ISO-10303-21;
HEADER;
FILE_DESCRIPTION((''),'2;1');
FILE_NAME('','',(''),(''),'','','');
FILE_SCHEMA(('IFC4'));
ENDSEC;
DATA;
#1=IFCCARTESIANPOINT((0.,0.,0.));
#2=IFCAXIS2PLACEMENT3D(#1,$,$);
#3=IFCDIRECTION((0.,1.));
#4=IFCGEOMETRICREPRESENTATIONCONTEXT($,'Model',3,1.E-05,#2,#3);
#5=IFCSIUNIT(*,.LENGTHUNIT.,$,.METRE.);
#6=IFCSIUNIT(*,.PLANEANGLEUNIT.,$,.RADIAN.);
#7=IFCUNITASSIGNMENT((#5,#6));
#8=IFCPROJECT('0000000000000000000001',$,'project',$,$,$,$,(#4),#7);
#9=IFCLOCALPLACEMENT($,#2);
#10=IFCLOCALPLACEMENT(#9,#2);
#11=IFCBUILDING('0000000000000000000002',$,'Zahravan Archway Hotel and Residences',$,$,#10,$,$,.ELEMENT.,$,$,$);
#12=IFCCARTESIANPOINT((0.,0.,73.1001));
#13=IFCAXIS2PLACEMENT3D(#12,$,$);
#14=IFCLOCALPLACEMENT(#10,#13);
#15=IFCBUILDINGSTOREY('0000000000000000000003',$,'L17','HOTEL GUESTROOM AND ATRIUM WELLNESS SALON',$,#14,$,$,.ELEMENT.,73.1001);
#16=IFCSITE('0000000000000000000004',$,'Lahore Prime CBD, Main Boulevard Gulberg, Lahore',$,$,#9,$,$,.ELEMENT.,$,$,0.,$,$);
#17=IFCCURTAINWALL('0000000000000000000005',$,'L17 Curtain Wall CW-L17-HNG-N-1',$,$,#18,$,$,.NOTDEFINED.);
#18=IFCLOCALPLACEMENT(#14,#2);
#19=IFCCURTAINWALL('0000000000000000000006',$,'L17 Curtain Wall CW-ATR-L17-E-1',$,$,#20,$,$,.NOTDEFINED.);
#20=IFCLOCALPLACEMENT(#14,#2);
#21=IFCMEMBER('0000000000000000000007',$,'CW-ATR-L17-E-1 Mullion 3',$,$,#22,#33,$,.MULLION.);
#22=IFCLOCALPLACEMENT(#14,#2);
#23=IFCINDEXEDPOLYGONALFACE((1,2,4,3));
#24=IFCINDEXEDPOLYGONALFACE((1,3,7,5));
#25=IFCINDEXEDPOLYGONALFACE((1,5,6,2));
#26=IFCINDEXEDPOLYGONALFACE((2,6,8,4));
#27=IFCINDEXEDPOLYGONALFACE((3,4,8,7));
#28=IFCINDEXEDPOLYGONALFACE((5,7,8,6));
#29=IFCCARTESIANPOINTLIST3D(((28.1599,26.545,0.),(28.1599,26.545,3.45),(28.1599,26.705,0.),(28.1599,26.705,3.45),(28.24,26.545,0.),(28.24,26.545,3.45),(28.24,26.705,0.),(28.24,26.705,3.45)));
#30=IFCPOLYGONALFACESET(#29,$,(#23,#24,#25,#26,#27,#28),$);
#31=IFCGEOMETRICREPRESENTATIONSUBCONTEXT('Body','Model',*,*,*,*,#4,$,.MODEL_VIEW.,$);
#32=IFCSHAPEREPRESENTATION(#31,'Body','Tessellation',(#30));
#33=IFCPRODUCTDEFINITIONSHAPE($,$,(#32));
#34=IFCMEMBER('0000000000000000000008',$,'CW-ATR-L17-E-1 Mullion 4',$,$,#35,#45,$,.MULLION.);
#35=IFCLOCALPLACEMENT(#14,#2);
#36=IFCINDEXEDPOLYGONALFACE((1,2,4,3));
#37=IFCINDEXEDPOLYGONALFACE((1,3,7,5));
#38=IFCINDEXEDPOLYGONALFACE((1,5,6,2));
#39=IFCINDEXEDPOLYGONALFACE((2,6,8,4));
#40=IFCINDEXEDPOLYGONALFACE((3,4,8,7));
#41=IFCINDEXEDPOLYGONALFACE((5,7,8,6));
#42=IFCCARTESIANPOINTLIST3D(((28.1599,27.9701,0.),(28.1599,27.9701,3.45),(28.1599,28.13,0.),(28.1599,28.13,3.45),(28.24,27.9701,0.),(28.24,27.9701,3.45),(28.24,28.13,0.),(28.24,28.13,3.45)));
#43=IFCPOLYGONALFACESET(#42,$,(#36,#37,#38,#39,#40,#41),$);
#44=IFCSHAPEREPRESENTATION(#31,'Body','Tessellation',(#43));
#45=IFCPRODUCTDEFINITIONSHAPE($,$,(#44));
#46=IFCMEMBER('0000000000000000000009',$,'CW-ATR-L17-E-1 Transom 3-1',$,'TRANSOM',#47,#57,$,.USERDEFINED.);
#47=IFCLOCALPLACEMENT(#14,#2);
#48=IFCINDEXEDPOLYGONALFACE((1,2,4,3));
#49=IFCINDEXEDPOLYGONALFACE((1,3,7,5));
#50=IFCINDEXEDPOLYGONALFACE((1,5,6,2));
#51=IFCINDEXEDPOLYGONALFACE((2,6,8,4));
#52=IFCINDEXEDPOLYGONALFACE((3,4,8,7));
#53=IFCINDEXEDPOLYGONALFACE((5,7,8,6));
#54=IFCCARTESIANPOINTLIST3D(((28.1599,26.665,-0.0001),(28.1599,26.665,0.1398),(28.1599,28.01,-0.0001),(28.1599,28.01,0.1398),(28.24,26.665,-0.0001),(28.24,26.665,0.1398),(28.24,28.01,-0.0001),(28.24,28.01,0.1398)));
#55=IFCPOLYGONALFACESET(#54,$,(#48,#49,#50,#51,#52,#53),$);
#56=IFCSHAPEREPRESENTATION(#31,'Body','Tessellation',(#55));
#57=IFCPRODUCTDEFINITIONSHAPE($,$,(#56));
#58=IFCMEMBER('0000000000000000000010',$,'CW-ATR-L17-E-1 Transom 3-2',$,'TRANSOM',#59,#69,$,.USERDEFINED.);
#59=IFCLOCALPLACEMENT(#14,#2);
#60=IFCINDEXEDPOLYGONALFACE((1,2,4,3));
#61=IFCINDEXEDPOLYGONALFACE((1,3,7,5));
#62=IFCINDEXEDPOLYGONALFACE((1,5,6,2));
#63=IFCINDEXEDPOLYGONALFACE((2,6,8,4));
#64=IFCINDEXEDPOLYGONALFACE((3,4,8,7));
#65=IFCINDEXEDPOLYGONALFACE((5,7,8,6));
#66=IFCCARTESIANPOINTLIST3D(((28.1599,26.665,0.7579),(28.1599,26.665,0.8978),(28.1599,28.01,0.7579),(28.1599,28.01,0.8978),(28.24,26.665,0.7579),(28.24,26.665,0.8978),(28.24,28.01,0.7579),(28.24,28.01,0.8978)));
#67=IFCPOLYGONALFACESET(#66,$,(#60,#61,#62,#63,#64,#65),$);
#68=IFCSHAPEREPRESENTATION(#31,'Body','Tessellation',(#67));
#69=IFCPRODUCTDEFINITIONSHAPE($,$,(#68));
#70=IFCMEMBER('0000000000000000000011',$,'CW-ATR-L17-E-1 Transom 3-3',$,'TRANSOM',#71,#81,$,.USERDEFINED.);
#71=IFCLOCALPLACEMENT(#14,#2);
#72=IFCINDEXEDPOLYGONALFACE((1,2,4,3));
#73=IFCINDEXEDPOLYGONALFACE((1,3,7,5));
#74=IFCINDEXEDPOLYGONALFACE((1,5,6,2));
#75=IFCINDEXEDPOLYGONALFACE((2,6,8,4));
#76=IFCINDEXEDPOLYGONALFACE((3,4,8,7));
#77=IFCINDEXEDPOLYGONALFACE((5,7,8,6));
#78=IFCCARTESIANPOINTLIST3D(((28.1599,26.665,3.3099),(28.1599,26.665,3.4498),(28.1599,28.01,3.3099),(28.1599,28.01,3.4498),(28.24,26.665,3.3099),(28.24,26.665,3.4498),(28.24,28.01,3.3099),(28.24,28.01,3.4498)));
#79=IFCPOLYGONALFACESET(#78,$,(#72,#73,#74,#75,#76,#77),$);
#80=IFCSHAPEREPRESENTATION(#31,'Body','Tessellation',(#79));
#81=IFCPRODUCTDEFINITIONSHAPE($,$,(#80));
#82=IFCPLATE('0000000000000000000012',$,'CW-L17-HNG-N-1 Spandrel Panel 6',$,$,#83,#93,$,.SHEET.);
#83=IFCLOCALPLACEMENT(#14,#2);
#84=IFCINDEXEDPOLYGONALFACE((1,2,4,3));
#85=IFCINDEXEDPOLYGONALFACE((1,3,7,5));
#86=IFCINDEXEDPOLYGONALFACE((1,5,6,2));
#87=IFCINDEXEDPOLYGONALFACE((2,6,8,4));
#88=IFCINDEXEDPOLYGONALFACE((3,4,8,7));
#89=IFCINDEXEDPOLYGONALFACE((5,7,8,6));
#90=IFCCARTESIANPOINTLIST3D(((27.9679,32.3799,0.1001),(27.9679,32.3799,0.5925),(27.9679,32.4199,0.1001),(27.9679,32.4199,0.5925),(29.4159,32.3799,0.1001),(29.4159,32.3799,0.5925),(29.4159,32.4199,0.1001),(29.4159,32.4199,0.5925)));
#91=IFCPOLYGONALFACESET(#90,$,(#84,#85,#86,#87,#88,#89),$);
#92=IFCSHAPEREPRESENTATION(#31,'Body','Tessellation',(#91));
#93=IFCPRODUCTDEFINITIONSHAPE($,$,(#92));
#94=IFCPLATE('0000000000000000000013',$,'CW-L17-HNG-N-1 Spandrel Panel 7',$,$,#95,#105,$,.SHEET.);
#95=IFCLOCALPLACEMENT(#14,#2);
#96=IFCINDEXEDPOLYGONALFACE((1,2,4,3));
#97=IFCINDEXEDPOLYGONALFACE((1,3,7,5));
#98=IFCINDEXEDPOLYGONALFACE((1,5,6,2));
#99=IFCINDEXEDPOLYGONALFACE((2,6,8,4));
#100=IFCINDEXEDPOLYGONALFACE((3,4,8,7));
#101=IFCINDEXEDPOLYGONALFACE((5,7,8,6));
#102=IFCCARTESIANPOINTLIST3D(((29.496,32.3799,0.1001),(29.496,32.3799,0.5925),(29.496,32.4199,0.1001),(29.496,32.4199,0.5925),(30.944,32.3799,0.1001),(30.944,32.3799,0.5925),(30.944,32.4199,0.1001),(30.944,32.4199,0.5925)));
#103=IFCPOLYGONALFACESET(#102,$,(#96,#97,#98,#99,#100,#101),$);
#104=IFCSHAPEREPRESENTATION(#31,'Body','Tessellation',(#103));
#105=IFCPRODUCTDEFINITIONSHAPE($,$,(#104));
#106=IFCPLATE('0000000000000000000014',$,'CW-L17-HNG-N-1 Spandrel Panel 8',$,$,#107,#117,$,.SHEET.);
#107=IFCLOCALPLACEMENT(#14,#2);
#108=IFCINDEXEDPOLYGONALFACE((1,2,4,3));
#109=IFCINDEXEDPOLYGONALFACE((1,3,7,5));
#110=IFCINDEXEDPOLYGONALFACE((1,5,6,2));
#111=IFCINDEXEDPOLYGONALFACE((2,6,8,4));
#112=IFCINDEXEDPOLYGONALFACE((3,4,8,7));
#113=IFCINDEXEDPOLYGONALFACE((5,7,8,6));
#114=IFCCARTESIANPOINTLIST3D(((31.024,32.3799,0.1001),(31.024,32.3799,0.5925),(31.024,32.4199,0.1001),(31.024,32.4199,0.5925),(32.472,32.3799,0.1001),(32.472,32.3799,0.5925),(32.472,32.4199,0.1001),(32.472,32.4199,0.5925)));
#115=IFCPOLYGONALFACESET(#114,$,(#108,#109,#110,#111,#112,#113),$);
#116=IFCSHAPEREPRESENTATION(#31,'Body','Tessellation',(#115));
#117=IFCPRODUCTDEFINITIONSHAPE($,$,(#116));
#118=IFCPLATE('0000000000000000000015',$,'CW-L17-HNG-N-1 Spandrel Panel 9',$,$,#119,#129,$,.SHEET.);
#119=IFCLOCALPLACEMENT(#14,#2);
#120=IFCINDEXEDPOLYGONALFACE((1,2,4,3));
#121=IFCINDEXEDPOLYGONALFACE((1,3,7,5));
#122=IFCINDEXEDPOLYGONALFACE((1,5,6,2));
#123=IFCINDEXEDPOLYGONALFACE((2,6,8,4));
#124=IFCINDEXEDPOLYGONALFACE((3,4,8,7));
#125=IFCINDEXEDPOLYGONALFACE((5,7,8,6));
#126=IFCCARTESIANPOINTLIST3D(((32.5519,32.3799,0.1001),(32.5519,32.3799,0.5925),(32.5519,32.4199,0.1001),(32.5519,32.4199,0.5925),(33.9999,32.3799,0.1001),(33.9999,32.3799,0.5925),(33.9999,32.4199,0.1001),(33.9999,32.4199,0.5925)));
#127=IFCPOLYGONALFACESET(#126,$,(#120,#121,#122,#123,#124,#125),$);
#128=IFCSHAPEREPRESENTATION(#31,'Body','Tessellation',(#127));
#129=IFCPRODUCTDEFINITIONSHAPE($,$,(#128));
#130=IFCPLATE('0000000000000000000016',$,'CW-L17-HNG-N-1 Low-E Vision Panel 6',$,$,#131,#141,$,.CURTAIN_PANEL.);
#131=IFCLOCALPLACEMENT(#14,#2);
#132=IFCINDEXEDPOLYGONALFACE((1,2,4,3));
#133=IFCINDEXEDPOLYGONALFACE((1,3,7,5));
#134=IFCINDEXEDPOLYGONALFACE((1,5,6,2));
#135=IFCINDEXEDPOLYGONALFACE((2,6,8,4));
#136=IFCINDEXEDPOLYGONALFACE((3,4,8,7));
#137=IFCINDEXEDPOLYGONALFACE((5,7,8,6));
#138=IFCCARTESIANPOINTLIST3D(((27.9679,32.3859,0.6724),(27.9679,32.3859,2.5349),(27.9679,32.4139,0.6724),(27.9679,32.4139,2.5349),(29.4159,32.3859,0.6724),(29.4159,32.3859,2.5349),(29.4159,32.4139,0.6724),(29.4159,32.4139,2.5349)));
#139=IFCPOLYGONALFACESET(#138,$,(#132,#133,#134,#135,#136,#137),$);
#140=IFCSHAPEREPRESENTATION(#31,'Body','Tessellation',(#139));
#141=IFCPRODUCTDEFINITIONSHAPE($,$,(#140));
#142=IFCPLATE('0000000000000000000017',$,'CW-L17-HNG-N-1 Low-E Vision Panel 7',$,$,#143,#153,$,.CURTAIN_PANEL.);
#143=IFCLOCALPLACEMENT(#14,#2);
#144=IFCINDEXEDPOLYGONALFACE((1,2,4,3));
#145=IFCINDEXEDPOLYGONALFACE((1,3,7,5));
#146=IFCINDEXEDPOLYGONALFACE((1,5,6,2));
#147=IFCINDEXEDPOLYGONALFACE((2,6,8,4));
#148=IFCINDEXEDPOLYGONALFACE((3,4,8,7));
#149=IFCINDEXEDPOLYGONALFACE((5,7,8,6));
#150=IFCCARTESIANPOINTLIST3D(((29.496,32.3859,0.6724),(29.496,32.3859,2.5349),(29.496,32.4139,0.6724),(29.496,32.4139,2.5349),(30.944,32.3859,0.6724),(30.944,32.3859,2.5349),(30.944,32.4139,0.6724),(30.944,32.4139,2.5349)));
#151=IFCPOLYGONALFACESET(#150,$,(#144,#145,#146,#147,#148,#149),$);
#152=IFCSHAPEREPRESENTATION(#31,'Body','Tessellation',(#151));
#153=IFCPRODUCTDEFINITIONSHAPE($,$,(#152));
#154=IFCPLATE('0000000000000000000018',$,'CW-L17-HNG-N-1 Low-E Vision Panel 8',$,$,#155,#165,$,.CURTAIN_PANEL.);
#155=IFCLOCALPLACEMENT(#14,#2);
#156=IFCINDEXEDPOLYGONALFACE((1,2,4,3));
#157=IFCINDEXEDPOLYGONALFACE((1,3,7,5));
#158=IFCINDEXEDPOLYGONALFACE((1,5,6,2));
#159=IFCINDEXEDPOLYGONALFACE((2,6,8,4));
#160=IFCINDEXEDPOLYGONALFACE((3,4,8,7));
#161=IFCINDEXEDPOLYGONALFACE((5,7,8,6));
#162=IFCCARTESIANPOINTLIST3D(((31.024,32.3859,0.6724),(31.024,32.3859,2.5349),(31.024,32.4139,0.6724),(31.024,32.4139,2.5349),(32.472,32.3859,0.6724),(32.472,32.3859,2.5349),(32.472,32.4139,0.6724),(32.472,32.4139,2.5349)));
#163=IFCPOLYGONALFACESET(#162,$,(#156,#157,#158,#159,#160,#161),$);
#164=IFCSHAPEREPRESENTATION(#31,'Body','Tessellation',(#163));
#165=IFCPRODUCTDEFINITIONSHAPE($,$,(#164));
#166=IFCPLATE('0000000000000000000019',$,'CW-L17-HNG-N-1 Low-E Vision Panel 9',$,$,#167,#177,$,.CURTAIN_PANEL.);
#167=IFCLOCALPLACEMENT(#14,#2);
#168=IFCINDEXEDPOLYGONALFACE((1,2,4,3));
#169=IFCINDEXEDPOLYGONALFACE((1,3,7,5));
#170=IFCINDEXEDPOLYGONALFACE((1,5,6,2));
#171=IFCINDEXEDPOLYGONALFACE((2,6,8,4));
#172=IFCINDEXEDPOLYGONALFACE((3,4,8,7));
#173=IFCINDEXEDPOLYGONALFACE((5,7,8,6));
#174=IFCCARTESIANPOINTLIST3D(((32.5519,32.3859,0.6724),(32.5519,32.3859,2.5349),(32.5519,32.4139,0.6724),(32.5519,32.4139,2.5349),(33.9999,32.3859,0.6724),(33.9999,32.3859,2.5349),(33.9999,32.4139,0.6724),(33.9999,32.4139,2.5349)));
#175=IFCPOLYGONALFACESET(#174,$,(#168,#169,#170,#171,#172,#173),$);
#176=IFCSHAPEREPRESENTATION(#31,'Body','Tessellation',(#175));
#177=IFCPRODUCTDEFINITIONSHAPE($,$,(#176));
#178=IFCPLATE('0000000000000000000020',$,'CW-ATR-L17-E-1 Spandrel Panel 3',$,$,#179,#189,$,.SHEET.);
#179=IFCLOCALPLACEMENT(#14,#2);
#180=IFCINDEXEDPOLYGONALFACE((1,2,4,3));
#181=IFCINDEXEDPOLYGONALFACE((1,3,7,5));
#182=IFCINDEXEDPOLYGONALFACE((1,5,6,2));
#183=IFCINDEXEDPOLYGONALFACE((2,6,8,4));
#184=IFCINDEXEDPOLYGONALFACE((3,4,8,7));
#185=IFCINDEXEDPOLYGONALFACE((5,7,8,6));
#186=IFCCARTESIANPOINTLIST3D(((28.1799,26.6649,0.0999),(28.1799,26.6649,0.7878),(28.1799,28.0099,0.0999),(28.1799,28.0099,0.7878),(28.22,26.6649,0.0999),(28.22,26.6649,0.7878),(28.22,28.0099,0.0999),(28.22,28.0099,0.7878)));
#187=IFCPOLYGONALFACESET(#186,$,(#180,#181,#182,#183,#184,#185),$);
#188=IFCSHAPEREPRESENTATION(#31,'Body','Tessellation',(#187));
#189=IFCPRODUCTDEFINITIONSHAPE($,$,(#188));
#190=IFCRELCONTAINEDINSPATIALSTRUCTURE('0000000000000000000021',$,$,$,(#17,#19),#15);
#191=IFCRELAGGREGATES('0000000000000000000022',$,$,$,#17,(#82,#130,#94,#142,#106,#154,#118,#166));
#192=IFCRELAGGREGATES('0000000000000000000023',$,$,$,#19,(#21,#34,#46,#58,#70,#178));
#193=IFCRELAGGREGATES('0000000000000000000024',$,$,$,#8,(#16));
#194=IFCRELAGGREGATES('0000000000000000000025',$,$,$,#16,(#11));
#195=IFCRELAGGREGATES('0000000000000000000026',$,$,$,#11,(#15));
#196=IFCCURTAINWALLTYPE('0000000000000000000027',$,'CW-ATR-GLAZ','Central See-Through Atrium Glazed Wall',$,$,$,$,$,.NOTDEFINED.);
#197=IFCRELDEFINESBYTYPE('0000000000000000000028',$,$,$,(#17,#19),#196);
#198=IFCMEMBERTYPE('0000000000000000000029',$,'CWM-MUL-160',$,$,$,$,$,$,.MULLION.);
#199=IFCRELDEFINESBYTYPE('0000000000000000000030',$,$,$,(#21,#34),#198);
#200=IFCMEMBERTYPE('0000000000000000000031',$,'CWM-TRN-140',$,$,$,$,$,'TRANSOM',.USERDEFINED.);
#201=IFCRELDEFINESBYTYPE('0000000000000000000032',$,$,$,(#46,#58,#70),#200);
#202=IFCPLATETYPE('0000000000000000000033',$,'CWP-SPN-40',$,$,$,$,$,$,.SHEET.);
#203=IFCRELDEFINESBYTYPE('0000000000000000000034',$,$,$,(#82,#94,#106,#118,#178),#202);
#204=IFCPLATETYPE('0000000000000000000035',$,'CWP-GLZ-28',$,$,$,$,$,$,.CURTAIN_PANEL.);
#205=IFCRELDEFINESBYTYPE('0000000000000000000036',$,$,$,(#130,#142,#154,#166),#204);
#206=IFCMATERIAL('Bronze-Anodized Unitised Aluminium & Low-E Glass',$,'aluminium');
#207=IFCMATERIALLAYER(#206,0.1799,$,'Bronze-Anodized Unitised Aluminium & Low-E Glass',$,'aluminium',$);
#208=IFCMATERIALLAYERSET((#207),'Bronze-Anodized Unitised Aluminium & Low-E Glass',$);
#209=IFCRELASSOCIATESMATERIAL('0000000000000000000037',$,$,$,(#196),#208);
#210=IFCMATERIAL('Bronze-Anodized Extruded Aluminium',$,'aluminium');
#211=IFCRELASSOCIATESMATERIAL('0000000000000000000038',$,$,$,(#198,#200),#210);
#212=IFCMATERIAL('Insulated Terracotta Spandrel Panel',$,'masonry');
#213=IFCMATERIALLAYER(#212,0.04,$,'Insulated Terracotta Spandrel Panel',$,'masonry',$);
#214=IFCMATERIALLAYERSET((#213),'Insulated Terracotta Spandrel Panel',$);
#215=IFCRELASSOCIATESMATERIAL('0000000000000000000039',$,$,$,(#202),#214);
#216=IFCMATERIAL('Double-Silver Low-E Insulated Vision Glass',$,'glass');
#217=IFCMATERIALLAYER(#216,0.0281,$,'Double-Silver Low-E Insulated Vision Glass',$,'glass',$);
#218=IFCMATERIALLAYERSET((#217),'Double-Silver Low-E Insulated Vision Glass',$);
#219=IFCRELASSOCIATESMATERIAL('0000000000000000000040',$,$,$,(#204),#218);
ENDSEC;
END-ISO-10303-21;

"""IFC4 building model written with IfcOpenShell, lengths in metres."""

from ifc_helpers import new_model, si_unit, direction, frame, origin, origin_2d, place, context, subcontext, project, spatial, rectangle, extrude, source, transform, mapped, material, layer, layer_set, material_profile, profile_set, type_object, element, aggregate, save


model = new_model("IFC4")

# Units and contexts
model_context = context("Model", 3, precision=1e-05, world=origin(), true_north=direction((0.0, 1.0)))
body_context = subcontext(model_context, "Body", "Model", "MODEL_VIEW")
ifc_project = project(units=[si_unit("LENGTHUNIT", "METRE"), si_unit("PLANEANGLEUNIT", "RADIAN")], contexts=[model_context])

# Site, building, storey
site_placement = place(None, origin())
site = spatial("IfcSite", under=ifc_project, at=site_placement, Name="Lahore Prime CBD, Main Boulevard Gulberg, Lahore", CompositionType="ELEMENT", RefElevation=0.0)
building_placement = place(site_placement, origin())
building = spatial("IfcBuilding", under=site, at=building_placement, Name="Zahravan Archway Hotel and Residences", CompositionType="ELEMENT")
storey_placement = place(building_placement, frame((0.0, 0.0, 73.1001)))
storey = spatial("IfcBuildingStorey", under=building, at=storey_placement, Name="L17", Description="HOTEL GUESTROOM AND ATRIUM WELLNESS SALON", CompositionType="ELEMENT", Elevation=73.1001)

# Curtain wall
ifc_material_1 = material(Name="Bronze-Anodized Unitised Aluminium & Low-E Glass", Category="aluminium")
ifc_layer_1 = layer(ifc_material_1, 0.1799, Name="Bronze-Anodized Unitised Aluminium & Low-E Glass", Category="aluminium")
ifc_layer_set_1 = layer_set([ifc_layer_1], Name="Bronze-Anodized Unitised Aluminium & Low-E Glass")
curtain_wall_type = type_object("IfcCurtainWallType", Name="CW-ATR-GLAZ", Description="Central See-Through Atrium Glazed Wall", PredefinedType="NOTDEFINED", material=ifc_layer_set_1)
curtain_wall_1_placement = place(storey_placement, origin())
curtain_wall_1 = element("IfcCurtainWall", 1, at=curtain_wall_1_placement, inside=storey, type_object=curtain_wall_type, Name="L17 Curtain Wall CW-L17-HNG-N-1", PredefinedType="NOTDEFINED")
ifc_material_2 = material(Name="Bronze-Anodized Extruded Aluminium", Category="aluminium")
ifc_material_profile_1 = material_profile(ifc_material_2, rectangle(XDim=0.0801, YDim=0.1599, at=origin_2d()), Name="MUL 80x160", Category="aluminium")
ifc_profile_set_1 = profile_set([ifc_material_profile_1], Name="Bronze-Anodized Extruded Aluminium")
member_type_1 = type_object("IfcMemberType", Name="CWM-MUL-160", PredefinedType="MULLION", material=ifc_profile_set_1)
ifc_material_profile_2 = material_profile(ifc_material_2, rectangle(XDim=0.0801, YDim=0.1399, at=origin_2d()), Name="TRN 80x140", Category="aluminium")
ifc_profile_set_2 = profile_set([ifc_material_profile_2], Name="Bronze-Anodized Extruded Aluminium")
member_type_2 = type_object("IfcMemberType", Name="CWM-TRN-140", ElementType="TRANSOM", PredefinedType="USERDEFINED", material=ifc_profile_set_2)

# Shared definitions
shared_shape_1 = source(origin(), body_context, "Body", "SweptSolid", [
    extrude(rectangle(XDim=0.0801, YDim=0.1599, at=origin_2d()), origin(), (0.0, 0.0, 1.0), 3.45),
])

# Curtain wall, members
curtain_wall_2_placement = place(storey_placement, origin())
curtain_wall_2 = element("IfcCurtainWall", 2, at=curtain_wall_2_placement, inside=storey, type_object=curtain_wall_type, Name="L17 Curtain Wall CW-ATR-L17-E-1", PredefinedType="NOTDEFINED")
member_1_placement = place(storey_placement, frame((28.2, 26.625, 0.0), z_axis=(0.0, 0.0, 1.0), x_axis=(1.0, 0.0, 0.0)))
member_1 = element("IfcMember", 3, at=member_1_placement, type_object=member_type_1, Name="CW-ATR-L17-E-1 Mullion 3", PredefinedType="MULLION", context=body_context, shape_type="MappedRepresentation", body=[
    mapped(shared_shape_1, transform((0.0, 0.0, 0.0), scale=1.0)),
])
member_2_placement = place(storey_placement, frame((28.2, 28.05, 0.0), z_axis=(0.0, 0.0, 1.0), x_axis=(1.0, 0.0, 0.0)))
member_2 = element("IfcMember", 4, at=member_2_placement, type_object=member_type_1, Name="CW-ATR-L17-E-1 Mullion 4", PredefinedType="MULLION", context=body_context, shape_type="MappedRepresentation", body=[
    mapped(shared_shape_1, transform((0.0, 0.0, 0.0), scale=1.0)),
])
shared_shape_2 = source(origin(), body_context, "Body", "SweptSolid", [
    extrude(rectangle(XDim=0.0801, YDim=0.1399, at=origin_2d()), origin(), (0.0, 0.0, 1.0), 1.345),
])
member_3_placement = place(storey_placement, frame((28.2, 26.665, 0.0698), z_axis=(0.0, 1.0, 0.0), x_axis=(-1.0, 0.0, 0.0)))
member_3 = element("IfcMember", 5, at=member_3_placement, type_object=member_type_2, Name="CW-ATR-L17-E-1 Transom 3-1", ObjectType="TRANSOM", PredefinedType="USERDEFINED", context=body_context, shape_type="MappedRepresentation", body=[
    mapped(shared_shape_2, transform((0.0, 0.0, 0.0), scale=1.0)),
])
member_4_placement = place(storey_placement, frame((28.2, 26.665, 0.8279), z_axis=(0.0, 1.0, 0.0), x_axis=(-1.0, 0.0, 0.0)))
member_4 = element("IfcMember", 6, at=member_4_placement, type_object=member_type_2, Name="CW-ATR-L17-E-1 Transom 3-2", ObjectType="TRANSOM", PredefinedType="USERDEFINED", context=body_context, shape_type="MappedRepresentation", body=[
    mapped(shared_shape_2, transform((0.0, 0.0, 0.0), scale=1.0)),
])
member_5_placement = place(storey_placement, frame((28.2, 26.665, 3.3799), z_axis=(0.0, 1.0, 0.0), x_axis=(-1.0, 0.0, 0.0)))
member_5 = element("IfcMember", 7, at=member_5_placement, type_object=member_type_2, Name="CW-ATR-L17-E-1 Transom 3-3", ObjectType="TRANSOM", PredefinedType="USERDEFINED", context=body_context, shape_type="MappedRepresentation", body=[
    mapped(shared_shape_2, transform((0.0, 0.0, 0.0), scale=1.0)),
])

# Plates
ifc_material_3 = material(Name="Insulated Terracotta Spandrel Panel", Category="masonry")
ifc_layer_2 = layer(ifc_material_3, 0.04, Name="Insulated Terracotta Spandrel Panel", Category="masonry")
ifc_layer_set_2 = layer_set([ifc_layer_2], Name="Insulated Terracotta Spandrel Panel")
plate_type_1 = type_object("IfcPlateType", Name="CWP-SPN-40", PredefinedType="SHEET", material=ifc_layer_set_2)
shared_shape_3 = source(origin(), body_context, "Body", "SweptSolid", [
    extrude(rectangle(XDim=1.448, YDim=0.04, at=origin_2d()), origin(), (0.0, 0.0, 1.0), 0.4924),
])
plate_1_placement = place(storey_placement, frame((28.6919, 32.3999, 0.1001), z_axis=(0.0, 0.0, 1.0), x_axis=(1.0, 0.0, 0.0)))
plate_1 = element("IfcPlate", 8, at=plate_1_placement, type_object=plate_type_1, Name="CW-L17-HNG-N-1 Spandrel Panel 6", PredefinedType="SHEET", context=body_context, shape_type="MappedRepresentation", body=[
    mapped(shared_shape_3, transform((0.0, 0.0, 0.0), scale=1.0)),
])
plate_2_placement = place(storey_placement, frame((30.22, 32.3999, 0.1001), z_axis=(0.0, 0.0, 1.0), x_axis=(1.0, 0.0, 0.0)))
plate_2 = element("IfcPlate", 9, at=plate_2_placement, type_object=plate_type_1, Name="CW-L17-HNG-N-1 Spandrel Panel 7", PredefinedType="SHEET", context=body_context, shape_type="MappedRepresentation", body=[
    mapped(shared_shape_3, transform((0.0, 0.0, 0.0), scale=1.0)),
])
plate_3_placement = place(storey_placement, frame((31.748, 32.3999, 0.1001), z_axis=(0.0, 0.0, 1.0), x_axis=(1.0, 0.0, 0.0)))
plate_3 = element("IfcPlate", 10, at=plate_3_placement, type_object=plate_type_1, Name="CW-L17-HNG-N-1 Spandrel Panel 8", PredefinedType="SHEET", context=body_context, shape_type="MappedRepresentation", body=[
    mapped(shared_shape_3, transform((0.0, 0.0, 0.0), scale=1.0)),
])
plate_4_placement = place(storey_placement, frame((33.2759, 32.3999, 0.1001), z_axis=(0.0, 0.0, 1.0), x_axis=(1.0, 0.0, 0.0)))
plate_4 = element("IfcPlate", 11, at=plate_4_placement, type_object=plate_type_1, Name="CW-L17-HNG-N-1 Spandrel Panel 9", PredefinedType="SHEET", context=body_context, shape_type="MappedRepresentation", body=[
    mapped(shared_shape_3, transform((0.0, 0.0, 0.0), scale=1.0)),
])
ifc_material_4 = material(Name="Double-Silver Low-E Insulated Vision Glass", Category="glass")
ifc_layer_3 = layer(ifc_material_4, 0.0281, Name="Double-Silver Low-E Insulated Vision Glass", Category="glass")
ifc_layer_set_3 = layer_set([ifc_layer_3], Name="Double-Silver Low-E Insulated Vision Glass")
plate_type_2 = type_object("IfcPlateType", Name="CWP-GLZ-28", PredefinedType="CURTAIN_PANEL", material=ifc_layer_set_3)
shared_shape_4 = source(origin(), body_context, "Body", "SweptSolid", [
    extrude(rectangle(XDim=1.448, YDim=0.0281, at=origin_2d()), origin(), (0.0, 0.0, 1.0), 1.8625),
])
plate_5_placement = place(storey_placement, frame((28.6919, 32.3999, 0.6724), z_axis=(0.0, 0.0, 1.0), x_axis=(1.0, 0.0, 0.0)))
plate_5 = element("IfcPlate", 12, at=plate_5_placement, type_object=plate_type_2, Name="CW-L17-HNG-N-1 Low-E Vision Panel 6", PredefinedType="CURTAIN_PANEL", context=body_context, shape_type="MappedRepresentation", body=[
    mapped(shared_shape_4, transform((0.0, 0.0, 0.0), scale=1.0)),
])
plate_6_placement = place(storey_placement, frame((30.22, 32.3999, 0.6724), z_axis=(0.0, 0.0, 1.0), x_axis=(1.0, 0.0, 0.0)))
plate_6 = element("IfcPlate", 13, at=plate_6_placement, type_object=plate_type_2, Name="CW-L17-HNG-N-1 Low-E Vision Panel 7", PredefinedType="CURTAIN_PANEL", context=body_context, shape_type="MappedRepresentation", body=[
    mapped(shared_shape_4, transform((0.0, 0.0, 0.0), scale=1.0)),
])
plate_7_placement = place(storey_placement, frame((31.748, 32.3999, 0.6724), z_axis=(0.0, 0.0, 1.0), x_axis=(1.0, 0.0, 0.0)))
plate_7 = element("IfcPlate", 14, at=plate_7_placement, type_object=plate_type_2, Name="CW-L17-HNG-N-1 Low-E Vision Panel 8", PredefinedType="CURTAIN_PANEL", context=body_context, shape_type="MappedRepresentation", body=[
    mapped(shared_shape_4, transform((0.0, 0.0, 0.0), scale=1.0)),
])
plate_8_placement = place(storey_placement, frame((33.2759, 32.3999, 0.6724), z_axis=(0.0, 0.0, 1.0), x_axis=(1.0, 0.0, 0.0)))
plate_8 = element("IfcPlate", 15, at=plate_8_placement, type_object=plate_type_2, Name="CW-L17-HNG-N-1 Low-E Vision Panel 9", PredefinedType="CURTAIN_PANEL", context=body_context, shape_type="MappedRepresentation", body=[
    mapped(shared_shape_4, transform((0.0, 0.0, 0.0), scale=1.0)),
])
aggregate(curtain_wall_1, [plate_1, plate_5, plate_2, plate_6, plate_3, plate_7, plate_4, plate_8])
shared_shape_5 = source(origin(), body_context, "Body", "SweptSolid", [
    extrude(rectangle(XDim=1.345, YDim=0.04, at=origin_2d()), origin(), (0.0, 0.0, 1.0), 0.688),
])
plate_9_placement = place(storey_placement, frame((28.2, 27.3374, 0.0999), z_axis=(0.0, 0.0, 1.0), x_axis=(0.0, 1.0, 0.0)))
plate_9 = element("IfcPlate", 16, at=plate_9_placement, type_object=plate_type_1, Name="CW-ATR-L17-E-1 Spandrel Panel 3", PredefinedType="SHEET", context=body_context, shape_type="MappedRepresentation", body=[
    mapped(shared_shape_5, transform((0.0, 0.0, 0.0), scale=1.0)),
])
aggregate(curtain_wall_2, [member_1, member_2, member_3, member_4, member_5, plate_9])

save(model, "model.ifc")
